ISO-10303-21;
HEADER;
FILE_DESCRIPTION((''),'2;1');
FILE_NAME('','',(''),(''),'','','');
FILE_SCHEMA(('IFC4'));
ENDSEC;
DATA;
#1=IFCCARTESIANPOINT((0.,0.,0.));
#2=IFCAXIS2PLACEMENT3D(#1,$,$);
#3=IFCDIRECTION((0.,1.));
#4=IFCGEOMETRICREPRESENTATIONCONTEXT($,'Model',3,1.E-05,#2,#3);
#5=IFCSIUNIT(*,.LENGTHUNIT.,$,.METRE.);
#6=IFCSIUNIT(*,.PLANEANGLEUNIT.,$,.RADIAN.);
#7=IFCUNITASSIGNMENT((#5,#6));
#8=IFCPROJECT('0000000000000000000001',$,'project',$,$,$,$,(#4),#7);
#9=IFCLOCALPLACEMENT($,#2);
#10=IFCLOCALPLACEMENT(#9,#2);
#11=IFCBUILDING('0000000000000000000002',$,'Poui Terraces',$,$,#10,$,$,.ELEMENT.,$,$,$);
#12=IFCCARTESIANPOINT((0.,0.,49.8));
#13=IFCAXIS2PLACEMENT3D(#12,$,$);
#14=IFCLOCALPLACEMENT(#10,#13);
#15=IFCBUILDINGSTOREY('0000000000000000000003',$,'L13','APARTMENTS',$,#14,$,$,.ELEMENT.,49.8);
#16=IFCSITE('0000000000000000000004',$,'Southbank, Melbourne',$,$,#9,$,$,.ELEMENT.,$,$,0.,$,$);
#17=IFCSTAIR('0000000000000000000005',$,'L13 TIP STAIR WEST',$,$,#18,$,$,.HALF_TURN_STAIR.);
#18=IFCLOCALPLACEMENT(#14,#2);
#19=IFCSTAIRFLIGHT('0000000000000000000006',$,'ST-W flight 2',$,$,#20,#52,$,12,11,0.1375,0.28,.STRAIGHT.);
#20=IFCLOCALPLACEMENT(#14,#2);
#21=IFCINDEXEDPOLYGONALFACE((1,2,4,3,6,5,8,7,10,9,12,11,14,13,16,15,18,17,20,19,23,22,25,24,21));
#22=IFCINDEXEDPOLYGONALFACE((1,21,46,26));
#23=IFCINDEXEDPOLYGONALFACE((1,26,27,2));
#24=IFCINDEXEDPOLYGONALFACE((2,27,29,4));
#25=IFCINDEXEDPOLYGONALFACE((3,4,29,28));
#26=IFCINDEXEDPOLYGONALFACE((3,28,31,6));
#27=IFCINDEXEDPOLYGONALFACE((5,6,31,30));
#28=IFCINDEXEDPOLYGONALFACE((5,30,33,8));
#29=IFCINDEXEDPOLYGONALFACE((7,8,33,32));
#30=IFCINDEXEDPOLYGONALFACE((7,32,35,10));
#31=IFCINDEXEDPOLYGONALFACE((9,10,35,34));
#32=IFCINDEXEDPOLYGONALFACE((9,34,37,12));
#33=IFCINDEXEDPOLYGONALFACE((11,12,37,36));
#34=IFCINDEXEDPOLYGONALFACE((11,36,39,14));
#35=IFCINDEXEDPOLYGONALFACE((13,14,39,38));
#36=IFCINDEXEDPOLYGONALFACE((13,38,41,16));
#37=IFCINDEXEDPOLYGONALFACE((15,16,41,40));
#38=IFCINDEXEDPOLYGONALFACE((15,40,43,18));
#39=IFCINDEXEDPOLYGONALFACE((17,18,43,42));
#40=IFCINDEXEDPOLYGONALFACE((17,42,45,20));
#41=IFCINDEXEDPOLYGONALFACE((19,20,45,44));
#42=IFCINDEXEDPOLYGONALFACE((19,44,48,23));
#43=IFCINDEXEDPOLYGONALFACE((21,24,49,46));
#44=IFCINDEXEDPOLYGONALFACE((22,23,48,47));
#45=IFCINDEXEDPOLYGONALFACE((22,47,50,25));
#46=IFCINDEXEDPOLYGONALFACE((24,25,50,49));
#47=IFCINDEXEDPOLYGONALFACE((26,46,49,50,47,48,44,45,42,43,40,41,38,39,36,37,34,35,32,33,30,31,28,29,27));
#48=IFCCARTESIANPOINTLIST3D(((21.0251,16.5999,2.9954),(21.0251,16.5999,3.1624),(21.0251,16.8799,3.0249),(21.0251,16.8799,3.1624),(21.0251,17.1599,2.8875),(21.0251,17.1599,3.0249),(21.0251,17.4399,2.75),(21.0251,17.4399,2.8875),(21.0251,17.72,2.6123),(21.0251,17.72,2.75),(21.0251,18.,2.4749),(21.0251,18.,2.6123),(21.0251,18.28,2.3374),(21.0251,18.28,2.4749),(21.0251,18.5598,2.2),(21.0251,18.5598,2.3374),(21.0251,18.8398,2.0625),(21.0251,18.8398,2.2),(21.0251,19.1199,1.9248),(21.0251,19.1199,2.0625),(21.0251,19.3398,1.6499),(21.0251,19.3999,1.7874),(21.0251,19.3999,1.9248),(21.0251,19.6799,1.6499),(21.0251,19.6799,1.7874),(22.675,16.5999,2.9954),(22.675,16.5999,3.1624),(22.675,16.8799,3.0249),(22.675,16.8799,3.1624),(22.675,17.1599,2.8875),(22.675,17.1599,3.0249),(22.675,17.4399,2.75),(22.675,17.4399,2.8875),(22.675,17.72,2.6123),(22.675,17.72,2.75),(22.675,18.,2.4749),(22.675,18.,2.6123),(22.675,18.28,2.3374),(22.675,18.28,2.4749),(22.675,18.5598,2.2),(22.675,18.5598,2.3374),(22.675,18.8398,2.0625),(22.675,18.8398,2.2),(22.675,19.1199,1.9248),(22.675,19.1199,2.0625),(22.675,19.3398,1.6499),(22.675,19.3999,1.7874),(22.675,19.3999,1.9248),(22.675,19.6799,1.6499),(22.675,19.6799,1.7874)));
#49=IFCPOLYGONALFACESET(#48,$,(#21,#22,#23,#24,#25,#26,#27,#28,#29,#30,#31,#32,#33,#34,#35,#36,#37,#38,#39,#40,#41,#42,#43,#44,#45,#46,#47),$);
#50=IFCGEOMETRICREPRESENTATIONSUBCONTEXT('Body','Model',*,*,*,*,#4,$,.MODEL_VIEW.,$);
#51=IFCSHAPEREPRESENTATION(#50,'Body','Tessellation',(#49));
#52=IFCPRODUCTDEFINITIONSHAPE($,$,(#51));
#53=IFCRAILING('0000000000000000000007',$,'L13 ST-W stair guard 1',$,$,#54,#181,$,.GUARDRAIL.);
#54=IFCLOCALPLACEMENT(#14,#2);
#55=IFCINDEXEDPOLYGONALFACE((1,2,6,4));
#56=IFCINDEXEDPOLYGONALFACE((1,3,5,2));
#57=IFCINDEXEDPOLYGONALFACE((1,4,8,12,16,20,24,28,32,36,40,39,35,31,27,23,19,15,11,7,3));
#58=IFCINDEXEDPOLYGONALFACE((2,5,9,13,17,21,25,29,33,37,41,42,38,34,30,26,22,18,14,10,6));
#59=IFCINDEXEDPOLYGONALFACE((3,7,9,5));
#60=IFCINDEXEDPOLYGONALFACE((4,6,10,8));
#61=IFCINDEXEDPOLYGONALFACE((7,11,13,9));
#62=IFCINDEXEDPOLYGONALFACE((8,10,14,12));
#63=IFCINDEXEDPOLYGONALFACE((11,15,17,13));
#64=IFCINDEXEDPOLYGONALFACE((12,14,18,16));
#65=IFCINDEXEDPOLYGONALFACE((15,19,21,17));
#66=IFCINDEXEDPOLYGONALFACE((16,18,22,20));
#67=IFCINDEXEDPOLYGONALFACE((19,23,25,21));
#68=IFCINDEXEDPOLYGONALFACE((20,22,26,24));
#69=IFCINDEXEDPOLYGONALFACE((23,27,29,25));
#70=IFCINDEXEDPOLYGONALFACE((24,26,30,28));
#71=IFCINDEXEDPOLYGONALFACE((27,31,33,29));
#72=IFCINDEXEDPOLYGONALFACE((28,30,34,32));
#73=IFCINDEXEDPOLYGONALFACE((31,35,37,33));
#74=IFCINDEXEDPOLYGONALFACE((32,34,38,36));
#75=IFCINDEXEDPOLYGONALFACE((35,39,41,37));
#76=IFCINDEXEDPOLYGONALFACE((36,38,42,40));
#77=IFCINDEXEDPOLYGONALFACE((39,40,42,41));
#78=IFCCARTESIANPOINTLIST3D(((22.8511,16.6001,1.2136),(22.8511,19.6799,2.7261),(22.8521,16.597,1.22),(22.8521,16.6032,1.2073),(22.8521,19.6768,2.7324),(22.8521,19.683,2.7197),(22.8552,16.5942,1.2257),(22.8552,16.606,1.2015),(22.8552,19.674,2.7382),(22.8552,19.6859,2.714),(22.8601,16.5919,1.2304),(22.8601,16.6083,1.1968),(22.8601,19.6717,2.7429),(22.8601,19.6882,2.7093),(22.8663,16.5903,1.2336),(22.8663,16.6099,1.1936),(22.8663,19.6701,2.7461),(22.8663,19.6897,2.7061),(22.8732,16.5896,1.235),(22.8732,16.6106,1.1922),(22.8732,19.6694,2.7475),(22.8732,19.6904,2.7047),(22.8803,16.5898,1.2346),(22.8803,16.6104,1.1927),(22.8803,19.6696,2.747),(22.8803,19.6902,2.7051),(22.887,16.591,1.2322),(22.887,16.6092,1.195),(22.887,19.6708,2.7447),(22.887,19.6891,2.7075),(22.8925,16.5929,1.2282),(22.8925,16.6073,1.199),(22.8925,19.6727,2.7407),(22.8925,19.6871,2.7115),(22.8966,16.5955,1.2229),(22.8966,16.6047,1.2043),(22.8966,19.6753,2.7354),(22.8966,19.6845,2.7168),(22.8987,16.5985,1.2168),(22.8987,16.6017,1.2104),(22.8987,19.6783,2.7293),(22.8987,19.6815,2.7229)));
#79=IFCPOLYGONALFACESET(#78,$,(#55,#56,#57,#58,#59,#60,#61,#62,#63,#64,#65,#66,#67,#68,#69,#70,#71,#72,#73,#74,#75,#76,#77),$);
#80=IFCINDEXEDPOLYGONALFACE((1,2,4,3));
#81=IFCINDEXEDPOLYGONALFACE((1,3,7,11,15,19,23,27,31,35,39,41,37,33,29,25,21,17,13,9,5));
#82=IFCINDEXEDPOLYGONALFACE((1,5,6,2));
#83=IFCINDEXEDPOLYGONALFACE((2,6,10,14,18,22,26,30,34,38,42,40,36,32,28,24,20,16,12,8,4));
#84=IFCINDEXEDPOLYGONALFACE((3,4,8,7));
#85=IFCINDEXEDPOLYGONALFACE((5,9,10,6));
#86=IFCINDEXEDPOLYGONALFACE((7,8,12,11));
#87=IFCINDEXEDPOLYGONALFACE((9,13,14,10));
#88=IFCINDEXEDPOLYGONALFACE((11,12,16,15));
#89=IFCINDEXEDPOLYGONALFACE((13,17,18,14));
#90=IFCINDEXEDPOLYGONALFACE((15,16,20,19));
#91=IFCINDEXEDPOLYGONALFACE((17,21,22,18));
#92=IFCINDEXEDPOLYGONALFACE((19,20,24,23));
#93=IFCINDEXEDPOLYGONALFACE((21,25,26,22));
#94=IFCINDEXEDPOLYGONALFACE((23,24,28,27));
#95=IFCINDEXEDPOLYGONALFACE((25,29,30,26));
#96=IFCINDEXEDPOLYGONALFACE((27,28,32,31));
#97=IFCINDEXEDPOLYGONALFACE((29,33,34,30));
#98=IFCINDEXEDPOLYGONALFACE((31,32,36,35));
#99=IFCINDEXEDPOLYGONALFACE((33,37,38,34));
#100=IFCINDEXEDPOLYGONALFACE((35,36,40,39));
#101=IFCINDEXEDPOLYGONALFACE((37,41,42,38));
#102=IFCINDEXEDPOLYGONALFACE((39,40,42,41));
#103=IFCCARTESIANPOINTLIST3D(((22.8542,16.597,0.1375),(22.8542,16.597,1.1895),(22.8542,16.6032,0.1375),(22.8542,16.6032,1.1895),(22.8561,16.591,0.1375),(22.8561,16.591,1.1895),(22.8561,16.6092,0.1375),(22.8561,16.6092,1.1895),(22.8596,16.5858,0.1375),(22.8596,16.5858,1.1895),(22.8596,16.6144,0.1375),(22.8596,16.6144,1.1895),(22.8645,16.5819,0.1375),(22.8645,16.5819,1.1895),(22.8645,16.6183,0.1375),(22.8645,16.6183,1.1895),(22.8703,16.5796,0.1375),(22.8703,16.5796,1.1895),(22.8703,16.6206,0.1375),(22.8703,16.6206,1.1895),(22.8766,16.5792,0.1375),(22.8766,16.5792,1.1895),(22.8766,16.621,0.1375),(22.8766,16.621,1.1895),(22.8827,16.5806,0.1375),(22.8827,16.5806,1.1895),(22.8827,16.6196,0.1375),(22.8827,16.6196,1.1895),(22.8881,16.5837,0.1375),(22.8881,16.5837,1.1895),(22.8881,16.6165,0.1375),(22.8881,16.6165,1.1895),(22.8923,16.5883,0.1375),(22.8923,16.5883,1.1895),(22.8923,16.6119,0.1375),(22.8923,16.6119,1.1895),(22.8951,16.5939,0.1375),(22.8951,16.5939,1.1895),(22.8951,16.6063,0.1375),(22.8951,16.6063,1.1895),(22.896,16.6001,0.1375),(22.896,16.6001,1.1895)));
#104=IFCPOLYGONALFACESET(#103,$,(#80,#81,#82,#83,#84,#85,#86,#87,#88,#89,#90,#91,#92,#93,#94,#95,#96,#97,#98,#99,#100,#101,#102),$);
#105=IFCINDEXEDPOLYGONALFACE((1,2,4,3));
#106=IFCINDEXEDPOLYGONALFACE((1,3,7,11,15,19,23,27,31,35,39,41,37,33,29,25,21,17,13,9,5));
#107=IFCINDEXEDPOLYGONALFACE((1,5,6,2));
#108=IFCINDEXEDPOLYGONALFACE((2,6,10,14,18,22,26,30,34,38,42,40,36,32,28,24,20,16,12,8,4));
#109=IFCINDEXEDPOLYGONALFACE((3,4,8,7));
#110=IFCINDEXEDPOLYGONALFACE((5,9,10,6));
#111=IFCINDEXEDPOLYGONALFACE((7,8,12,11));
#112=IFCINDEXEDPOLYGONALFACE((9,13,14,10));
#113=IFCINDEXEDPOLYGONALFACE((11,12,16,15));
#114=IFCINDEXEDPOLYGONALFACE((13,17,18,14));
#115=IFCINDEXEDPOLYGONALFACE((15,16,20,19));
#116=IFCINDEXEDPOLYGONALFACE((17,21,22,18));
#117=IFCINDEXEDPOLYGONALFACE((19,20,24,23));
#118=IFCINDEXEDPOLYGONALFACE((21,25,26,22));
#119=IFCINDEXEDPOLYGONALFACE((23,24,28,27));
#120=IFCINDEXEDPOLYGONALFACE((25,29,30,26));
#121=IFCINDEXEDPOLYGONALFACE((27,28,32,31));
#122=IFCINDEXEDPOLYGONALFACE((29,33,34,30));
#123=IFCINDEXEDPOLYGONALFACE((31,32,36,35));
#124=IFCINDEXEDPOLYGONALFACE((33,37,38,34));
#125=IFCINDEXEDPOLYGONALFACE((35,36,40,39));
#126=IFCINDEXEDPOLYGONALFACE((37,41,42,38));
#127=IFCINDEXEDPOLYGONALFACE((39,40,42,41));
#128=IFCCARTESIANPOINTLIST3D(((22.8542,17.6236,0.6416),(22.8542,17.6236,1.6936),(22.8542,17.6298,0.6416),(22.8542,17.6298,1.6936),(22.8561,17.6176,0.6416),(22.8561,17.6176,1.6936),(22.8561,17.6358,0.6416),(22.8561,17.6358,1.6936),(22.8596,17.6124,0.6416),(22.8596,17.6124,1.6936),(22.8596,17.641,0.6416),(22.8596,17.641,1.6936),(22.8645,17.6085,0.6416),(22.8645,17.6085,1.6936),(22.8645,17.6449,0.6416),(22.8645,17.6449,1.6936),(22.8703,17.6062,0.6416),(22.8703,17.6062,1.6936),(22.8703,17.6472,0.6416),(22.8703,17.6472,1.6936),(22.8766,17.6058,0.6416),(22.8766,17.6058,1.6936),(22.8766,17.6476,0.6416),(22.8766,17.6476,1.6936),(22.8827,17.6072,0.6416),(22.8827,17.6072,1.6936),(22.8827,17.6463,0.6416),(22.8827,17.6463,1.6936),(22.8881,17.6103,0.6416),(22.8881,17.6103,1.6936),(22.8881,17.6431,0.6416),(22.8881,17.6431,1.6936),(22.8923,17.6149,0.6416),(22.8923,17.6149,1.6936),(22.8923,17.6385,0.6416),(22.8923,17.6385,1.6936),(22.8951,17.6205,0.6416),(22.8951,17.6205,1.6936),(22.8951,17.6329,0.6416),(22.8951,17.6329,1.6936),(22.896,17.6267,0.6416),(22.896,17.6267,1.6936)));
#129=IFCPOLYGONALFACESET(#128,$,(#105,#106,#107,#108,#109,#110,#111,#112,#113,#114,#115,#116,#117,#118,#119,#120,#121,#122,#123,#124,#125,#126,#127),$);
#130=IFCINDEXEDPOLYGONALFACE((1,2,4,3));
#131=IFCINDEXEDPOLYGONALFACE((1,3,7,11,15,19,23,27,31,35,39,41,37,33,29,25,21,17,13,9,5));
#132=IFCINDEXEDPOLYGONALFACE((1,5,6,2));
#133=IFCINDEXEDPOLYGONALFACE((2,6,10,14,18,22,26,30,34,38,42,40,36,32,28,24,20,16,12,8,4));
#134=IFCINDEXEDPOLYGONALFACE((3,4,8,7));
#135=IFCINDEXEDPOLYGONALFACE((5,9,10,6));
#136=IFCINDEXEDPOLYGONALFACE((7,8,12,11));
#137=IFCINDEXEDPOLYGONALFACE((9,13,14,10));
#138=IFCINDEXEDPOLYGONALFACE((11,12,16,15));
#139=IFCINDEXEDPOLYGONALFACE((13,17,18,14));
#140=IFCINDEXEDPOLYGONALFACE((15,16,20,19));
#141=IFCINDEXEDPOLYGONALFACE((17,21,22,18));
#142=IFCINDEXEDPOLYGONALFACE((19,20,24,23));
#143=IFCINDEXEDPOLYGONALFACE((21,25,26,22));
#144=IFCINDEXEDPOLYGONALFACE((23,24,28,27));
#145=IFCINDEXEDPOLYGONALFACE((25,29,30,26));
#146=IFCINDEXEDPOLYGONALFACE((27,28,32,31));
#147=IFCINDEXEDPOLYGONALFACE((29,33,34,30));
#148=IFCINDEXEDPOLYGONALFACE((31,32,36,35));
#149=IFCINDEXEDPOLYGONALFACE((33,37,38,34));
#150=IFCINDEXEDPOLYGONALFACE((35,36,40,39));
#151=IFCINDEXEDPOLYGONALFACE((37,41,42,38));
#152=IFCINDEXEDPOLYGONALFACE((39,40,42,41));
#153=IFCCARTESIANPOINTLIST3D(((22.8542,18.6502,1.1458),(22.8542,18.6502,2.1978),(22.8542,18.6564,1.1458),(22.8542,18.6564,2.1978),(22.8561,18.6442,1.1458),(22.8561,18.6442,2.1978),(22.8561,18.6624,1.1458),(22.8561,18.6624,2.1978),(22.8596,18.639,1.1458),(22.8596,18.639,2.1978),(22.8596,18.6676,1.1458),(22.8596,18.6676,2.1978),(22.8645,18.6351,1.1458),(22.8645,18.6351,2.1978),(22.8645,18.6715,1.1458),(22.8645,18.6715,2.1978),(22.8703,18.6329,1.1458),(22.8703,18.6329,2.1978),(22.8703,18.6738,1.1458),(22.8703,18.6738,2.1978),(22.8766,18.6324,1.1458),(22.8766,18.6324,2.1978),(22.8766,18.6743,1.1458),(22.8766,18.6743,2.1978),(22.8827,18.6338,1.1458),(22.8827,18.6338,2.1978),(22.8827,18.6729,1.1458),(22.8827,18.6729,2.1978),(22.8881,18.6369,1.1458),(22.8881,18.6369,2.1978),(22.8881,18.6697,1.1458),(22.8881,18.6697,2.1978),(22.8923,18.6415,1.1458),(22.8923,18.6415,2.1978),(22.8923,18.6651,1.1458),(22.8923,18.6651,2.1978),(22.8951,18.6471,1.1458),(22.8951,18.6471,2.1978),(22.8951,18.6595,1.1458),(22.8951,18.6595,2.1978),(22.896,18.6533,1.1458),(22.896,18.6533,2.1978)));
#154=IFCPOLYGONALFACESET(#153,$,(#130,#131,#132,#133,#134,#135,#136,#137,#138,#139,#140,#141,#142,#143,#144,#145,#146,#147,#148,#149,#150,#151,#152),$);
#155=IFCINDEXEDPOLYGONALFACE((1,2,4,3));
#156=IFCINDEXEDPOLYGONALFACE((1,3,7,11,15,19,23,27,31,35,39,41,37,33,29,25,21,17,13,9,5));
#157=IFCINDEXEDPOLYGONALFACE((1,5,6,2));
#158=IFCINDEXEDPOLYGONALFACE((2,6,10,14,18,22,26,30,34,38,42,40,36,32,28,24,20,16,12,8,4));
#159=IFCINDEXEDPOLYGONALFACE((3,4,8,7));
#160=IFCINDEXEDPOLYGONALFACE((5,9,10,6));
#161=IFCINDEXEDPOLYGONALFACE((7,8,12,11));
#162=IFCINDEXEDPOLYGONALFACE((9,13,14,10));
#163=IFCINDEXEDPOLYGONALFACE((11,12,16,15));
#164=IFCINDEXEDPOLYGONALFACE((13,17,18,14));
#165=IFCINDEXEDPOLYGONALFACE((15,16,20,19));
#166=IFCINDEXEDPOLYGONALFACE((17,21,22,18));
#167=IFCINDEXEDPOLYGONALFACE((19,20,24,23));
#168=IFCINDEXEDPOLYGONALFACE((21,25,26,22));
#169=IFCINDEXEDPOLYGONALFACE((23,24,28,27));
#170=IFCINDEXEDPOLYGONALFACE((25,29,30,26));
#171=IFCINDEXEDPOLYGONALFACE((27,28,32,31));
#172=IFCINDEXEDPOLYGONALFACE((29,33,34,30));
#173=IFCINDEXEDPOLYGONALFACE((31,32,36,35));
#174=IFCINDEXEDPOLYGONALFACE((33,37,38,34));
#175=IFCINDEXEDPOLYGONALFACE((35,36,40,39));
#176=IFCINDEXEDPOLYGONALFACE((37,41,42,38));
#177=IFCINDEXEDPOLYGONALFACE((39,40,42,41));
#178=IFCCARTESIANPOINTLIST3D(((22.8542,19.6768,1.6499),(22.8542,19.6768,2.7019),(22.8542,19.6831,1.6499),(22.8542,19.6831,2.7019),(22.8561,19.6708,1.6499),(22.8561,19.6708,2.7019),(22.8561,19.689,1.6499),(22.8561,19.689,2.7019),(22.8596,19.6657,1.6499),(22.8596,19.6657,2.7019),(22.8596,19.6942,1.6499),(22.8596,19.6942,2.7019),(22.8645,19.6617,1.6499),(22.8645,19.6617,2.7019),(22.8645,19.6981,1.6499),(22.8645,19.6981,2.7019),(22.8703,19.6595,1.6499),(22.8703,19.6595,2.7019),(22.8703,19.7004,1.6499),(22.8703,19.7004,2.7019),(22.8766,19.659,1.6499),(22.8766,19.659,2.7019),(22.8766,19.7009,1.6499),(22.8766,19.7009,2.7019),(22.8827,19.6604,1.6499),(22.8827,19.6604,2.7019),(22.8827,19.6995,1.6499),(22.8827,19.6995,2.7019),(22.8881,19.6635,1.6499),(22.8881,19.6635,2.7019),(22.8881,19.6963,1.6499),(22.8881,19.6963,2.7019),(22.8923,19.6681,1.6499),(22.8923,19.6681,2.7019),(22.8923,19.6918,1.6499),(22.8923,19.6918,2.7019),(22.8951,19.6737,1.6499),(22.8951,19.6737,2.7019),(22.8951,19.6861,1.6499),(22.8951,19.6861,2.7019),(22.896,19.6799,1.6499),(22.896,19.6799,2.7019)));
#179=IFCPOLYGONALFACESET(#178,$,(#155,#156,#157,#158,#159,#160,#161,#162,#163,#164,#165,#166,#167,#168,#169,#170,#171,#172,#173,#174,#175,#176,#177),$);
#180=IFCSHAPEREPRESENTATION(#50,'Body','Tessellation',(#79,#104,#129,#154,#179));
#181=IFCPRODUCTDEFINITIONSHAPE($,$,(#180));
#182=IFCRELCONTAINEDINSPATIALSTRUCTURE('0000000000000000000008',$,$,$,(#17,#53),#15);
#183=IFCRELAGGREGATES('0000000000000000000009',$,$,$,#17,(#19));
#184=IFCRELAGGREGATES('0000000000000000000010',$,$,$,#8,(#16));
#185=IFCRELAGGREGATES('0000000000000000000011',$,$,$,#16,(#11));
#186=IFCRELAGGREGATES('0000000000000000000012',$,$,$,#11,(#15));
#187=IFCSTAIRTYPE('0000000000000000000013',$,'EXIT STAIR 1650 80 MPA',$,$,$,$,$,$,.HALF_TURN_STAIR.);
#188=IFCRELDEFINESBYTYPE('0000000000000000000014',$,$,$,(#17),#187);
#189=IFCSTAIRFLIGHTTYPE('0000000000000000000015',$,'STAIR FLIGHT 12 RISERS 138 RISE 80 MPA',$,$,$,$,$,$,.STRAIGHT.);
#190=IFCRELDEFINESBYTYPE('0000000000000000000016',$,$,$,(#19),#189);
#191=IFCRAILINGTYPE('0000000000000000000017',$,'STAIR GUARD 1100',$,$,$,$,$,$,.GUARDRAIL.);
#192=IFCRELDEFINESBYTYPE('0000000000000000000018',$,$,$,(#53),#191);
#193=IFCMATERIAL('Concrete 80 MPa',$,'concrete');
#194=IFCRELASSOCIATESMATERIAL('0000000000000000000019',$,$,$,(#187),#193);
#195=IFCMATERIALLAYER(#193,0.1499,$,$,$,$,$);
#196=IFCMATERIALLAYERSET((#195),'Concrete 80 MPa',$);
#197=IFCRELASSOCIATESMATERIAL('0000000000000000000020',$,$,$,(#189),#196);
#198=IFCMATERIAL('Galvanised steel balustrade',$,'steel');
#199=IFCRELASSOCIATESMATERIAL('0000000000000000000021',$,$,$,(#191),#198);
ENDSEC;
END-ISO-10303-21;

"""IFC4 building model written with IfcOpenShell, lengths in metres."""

from ifc_helpers import new_model, si_unit, direction, frame, origin, origin_2d, place, context, subcontext, project, spatial, polyline, circle, outline, extrude, material, layer, layer_set, type_object, element, aggregate, save


model = new_model("IFC4")

# Units and contexts
model_context = context("Model", 3, precision=1e-05, world=origin(), true_north=direction((0.0, 1.0)))
body_context = subcontext(model_context, "Body", "Model", "MODEL_VIEW")
ifc_project = project(units=[si_unit("LENGTHUNIT", "METRE"), si_unit("PLANEANGLEUNIT", "RADIAN")], contexts=[model_context])

# Site, building, storey
site_placement = place(None, origin())
site = spatial("IfcSite", under=ifc_project, at=site_placement, Name="Southbank, Melbourne", CompositionType="ELEMENT", RefElevation=0.0)
building_placement = place(site_placement, origin())
building = spatial("IfcBuilding", under=site, at=building_placement, Name="Poui Terraces", CompositionType="ELEMENT")
storey_placement = place(building_placement, frame((0.0, 0.0, 49.8)))
storey = spatial("IfcBuildingStorey", under=building, at=storey_placement, Name="L13", Description="APARTMENTS", CompositionType="ELEMENT", Elevation=49.8)

# Shared definitions
ifc_material_1 = material(Name="Concrete 80 MPa", Category="concrete")

# Stair, stair flight
stair_type = type_object("IfcStairType", Name="EXIT STAIR 1650 80 MPA", PredefinedType="HALF_TURN_STAIR", material=ifc_material_1)
stair_placement = place(storey_placement, origin())
stair = element("IfcStair", 1, at=stair_placement, inside=storey, type_object=stair_type, Name="L13 TIP STAIR WEST", PredefinedType="HALF_TURN_STAIR")
ifc_layer_1 = layer(ifc_material_1, 0.1499)
ifc_layer_set_1 = layer_set([ifc_layer_1], Name="Concrete 80 MPa")
stair_flight_type = type_object("IfcStairFlightType", Name="STAIR FLIGHT 12 RISERS 138 RISE 80 MPA", PredefinedType="STRAIGHT", material=ifc_layer_set_1)
stair_flight_1_placement = place(storey_placement, frame((21.8501, 19.6799, 1.6499), z_axis=(0.0, 0.0, 1.0), x_axis=(0.0, -1.0, 0.0)))
stair_flight_1 = element("IfcStairFlight", 2, at=stair_flight_1_placement, type_object=stair_flight_type, Name="ST-W flight 2", NumberOfRisers=12, NumberOfTreads=11, PredefinedType="STRAIGHT", RiserHeight=0.1375, TreadLength=0.28, context=body_context, shape_type="SweptSolid", body=[
    extrude(outline(polyline([(0.0, 0.0), (0.0, 0.1375), (0.28, 0.1375), (0.28, 0.2749), (0.5601, 0.2749), (0.5601, 0.4126), (0.8401, 0.4126), (0.8401, 0.55), (1.1201, 0.55), (1.1201, 0.6875), (1.3999, 0.6875), (1.3999, 0.825), (1.6799, 0.825), (1.6799, 0.9624), (1.96, 0.9624), (1.96, 1.1001), (2.24, 1.1001), (2.24, 1.2375), (2.52, 1.2375), (2.52, 1.375), (2.8, 1.375), (2.8, 1.5125), (3.0801, 1.5125), (3.0801, 1.6499), (3.0801, 1.3455), (0.3401, 0.0), (0.0, 0.0)])), frame((0.0, 0.825, 0.0), z_axis=(0.0, -1.0, 0.0), x_axis=(1.0, 0.0, 0.0)), (0.0, 0.0, 1.0), 1.6499),
])
aggregate(stair, [stair_flight_1])

# Railing
ifc_material_2 = material(Name="Galvanised steel balustrade", Category="steel")
railing_type_1 = type_object("IfcRailingType", Name="STAIR GUARD 1100", PredefinedType="GUARDRAIL", material=ifc_material_2)
railing_1_placement = place(storey_placement, frame((22.875, 16.6001, 0.1375)))
element("IfcRailing", 3, at=railing_1_placement, inside=storey, type_object=railing_type_1, Name="L13 ST-W stair guard 1", PredefinedType="GUARDRAIL", context=body_context, shape_type="SweptSolid", body=[
    extrude(circle(Radius=0.0239, at=origin_2d()), frame((0.0, 0.0, 1.0762), z_axis=(0.0, 0.897606, 0.440798), x_axis=(-1.0, 0.0, 0.0)), (0.0, 0.0, 1.0), 3.4312),
    extrude(circle(Radius=0.021, at=origin_2d()), origin(), (0.0, 0.0, 1.0), 1.052),
    extrude(circle(Radius=0.021, at=origin_2d()), frame((0.0, 1.0266, 0.5042)), (0.0, 0.0, 1.0), 1.052),
    extrude(circle(Radius=0.021, at=origin_2d()), frame((0.0, 2.0532, 1.0083)), (0.0, 0.0, 1.0), 1.052),
    extrude(circle(Radius=0.021, at=origin_2d()), frame((0.0, 3.0798, 1.5125)), (0.0, 0.0, 1.0), 1.052),
])

save(model, "model.ifc")
